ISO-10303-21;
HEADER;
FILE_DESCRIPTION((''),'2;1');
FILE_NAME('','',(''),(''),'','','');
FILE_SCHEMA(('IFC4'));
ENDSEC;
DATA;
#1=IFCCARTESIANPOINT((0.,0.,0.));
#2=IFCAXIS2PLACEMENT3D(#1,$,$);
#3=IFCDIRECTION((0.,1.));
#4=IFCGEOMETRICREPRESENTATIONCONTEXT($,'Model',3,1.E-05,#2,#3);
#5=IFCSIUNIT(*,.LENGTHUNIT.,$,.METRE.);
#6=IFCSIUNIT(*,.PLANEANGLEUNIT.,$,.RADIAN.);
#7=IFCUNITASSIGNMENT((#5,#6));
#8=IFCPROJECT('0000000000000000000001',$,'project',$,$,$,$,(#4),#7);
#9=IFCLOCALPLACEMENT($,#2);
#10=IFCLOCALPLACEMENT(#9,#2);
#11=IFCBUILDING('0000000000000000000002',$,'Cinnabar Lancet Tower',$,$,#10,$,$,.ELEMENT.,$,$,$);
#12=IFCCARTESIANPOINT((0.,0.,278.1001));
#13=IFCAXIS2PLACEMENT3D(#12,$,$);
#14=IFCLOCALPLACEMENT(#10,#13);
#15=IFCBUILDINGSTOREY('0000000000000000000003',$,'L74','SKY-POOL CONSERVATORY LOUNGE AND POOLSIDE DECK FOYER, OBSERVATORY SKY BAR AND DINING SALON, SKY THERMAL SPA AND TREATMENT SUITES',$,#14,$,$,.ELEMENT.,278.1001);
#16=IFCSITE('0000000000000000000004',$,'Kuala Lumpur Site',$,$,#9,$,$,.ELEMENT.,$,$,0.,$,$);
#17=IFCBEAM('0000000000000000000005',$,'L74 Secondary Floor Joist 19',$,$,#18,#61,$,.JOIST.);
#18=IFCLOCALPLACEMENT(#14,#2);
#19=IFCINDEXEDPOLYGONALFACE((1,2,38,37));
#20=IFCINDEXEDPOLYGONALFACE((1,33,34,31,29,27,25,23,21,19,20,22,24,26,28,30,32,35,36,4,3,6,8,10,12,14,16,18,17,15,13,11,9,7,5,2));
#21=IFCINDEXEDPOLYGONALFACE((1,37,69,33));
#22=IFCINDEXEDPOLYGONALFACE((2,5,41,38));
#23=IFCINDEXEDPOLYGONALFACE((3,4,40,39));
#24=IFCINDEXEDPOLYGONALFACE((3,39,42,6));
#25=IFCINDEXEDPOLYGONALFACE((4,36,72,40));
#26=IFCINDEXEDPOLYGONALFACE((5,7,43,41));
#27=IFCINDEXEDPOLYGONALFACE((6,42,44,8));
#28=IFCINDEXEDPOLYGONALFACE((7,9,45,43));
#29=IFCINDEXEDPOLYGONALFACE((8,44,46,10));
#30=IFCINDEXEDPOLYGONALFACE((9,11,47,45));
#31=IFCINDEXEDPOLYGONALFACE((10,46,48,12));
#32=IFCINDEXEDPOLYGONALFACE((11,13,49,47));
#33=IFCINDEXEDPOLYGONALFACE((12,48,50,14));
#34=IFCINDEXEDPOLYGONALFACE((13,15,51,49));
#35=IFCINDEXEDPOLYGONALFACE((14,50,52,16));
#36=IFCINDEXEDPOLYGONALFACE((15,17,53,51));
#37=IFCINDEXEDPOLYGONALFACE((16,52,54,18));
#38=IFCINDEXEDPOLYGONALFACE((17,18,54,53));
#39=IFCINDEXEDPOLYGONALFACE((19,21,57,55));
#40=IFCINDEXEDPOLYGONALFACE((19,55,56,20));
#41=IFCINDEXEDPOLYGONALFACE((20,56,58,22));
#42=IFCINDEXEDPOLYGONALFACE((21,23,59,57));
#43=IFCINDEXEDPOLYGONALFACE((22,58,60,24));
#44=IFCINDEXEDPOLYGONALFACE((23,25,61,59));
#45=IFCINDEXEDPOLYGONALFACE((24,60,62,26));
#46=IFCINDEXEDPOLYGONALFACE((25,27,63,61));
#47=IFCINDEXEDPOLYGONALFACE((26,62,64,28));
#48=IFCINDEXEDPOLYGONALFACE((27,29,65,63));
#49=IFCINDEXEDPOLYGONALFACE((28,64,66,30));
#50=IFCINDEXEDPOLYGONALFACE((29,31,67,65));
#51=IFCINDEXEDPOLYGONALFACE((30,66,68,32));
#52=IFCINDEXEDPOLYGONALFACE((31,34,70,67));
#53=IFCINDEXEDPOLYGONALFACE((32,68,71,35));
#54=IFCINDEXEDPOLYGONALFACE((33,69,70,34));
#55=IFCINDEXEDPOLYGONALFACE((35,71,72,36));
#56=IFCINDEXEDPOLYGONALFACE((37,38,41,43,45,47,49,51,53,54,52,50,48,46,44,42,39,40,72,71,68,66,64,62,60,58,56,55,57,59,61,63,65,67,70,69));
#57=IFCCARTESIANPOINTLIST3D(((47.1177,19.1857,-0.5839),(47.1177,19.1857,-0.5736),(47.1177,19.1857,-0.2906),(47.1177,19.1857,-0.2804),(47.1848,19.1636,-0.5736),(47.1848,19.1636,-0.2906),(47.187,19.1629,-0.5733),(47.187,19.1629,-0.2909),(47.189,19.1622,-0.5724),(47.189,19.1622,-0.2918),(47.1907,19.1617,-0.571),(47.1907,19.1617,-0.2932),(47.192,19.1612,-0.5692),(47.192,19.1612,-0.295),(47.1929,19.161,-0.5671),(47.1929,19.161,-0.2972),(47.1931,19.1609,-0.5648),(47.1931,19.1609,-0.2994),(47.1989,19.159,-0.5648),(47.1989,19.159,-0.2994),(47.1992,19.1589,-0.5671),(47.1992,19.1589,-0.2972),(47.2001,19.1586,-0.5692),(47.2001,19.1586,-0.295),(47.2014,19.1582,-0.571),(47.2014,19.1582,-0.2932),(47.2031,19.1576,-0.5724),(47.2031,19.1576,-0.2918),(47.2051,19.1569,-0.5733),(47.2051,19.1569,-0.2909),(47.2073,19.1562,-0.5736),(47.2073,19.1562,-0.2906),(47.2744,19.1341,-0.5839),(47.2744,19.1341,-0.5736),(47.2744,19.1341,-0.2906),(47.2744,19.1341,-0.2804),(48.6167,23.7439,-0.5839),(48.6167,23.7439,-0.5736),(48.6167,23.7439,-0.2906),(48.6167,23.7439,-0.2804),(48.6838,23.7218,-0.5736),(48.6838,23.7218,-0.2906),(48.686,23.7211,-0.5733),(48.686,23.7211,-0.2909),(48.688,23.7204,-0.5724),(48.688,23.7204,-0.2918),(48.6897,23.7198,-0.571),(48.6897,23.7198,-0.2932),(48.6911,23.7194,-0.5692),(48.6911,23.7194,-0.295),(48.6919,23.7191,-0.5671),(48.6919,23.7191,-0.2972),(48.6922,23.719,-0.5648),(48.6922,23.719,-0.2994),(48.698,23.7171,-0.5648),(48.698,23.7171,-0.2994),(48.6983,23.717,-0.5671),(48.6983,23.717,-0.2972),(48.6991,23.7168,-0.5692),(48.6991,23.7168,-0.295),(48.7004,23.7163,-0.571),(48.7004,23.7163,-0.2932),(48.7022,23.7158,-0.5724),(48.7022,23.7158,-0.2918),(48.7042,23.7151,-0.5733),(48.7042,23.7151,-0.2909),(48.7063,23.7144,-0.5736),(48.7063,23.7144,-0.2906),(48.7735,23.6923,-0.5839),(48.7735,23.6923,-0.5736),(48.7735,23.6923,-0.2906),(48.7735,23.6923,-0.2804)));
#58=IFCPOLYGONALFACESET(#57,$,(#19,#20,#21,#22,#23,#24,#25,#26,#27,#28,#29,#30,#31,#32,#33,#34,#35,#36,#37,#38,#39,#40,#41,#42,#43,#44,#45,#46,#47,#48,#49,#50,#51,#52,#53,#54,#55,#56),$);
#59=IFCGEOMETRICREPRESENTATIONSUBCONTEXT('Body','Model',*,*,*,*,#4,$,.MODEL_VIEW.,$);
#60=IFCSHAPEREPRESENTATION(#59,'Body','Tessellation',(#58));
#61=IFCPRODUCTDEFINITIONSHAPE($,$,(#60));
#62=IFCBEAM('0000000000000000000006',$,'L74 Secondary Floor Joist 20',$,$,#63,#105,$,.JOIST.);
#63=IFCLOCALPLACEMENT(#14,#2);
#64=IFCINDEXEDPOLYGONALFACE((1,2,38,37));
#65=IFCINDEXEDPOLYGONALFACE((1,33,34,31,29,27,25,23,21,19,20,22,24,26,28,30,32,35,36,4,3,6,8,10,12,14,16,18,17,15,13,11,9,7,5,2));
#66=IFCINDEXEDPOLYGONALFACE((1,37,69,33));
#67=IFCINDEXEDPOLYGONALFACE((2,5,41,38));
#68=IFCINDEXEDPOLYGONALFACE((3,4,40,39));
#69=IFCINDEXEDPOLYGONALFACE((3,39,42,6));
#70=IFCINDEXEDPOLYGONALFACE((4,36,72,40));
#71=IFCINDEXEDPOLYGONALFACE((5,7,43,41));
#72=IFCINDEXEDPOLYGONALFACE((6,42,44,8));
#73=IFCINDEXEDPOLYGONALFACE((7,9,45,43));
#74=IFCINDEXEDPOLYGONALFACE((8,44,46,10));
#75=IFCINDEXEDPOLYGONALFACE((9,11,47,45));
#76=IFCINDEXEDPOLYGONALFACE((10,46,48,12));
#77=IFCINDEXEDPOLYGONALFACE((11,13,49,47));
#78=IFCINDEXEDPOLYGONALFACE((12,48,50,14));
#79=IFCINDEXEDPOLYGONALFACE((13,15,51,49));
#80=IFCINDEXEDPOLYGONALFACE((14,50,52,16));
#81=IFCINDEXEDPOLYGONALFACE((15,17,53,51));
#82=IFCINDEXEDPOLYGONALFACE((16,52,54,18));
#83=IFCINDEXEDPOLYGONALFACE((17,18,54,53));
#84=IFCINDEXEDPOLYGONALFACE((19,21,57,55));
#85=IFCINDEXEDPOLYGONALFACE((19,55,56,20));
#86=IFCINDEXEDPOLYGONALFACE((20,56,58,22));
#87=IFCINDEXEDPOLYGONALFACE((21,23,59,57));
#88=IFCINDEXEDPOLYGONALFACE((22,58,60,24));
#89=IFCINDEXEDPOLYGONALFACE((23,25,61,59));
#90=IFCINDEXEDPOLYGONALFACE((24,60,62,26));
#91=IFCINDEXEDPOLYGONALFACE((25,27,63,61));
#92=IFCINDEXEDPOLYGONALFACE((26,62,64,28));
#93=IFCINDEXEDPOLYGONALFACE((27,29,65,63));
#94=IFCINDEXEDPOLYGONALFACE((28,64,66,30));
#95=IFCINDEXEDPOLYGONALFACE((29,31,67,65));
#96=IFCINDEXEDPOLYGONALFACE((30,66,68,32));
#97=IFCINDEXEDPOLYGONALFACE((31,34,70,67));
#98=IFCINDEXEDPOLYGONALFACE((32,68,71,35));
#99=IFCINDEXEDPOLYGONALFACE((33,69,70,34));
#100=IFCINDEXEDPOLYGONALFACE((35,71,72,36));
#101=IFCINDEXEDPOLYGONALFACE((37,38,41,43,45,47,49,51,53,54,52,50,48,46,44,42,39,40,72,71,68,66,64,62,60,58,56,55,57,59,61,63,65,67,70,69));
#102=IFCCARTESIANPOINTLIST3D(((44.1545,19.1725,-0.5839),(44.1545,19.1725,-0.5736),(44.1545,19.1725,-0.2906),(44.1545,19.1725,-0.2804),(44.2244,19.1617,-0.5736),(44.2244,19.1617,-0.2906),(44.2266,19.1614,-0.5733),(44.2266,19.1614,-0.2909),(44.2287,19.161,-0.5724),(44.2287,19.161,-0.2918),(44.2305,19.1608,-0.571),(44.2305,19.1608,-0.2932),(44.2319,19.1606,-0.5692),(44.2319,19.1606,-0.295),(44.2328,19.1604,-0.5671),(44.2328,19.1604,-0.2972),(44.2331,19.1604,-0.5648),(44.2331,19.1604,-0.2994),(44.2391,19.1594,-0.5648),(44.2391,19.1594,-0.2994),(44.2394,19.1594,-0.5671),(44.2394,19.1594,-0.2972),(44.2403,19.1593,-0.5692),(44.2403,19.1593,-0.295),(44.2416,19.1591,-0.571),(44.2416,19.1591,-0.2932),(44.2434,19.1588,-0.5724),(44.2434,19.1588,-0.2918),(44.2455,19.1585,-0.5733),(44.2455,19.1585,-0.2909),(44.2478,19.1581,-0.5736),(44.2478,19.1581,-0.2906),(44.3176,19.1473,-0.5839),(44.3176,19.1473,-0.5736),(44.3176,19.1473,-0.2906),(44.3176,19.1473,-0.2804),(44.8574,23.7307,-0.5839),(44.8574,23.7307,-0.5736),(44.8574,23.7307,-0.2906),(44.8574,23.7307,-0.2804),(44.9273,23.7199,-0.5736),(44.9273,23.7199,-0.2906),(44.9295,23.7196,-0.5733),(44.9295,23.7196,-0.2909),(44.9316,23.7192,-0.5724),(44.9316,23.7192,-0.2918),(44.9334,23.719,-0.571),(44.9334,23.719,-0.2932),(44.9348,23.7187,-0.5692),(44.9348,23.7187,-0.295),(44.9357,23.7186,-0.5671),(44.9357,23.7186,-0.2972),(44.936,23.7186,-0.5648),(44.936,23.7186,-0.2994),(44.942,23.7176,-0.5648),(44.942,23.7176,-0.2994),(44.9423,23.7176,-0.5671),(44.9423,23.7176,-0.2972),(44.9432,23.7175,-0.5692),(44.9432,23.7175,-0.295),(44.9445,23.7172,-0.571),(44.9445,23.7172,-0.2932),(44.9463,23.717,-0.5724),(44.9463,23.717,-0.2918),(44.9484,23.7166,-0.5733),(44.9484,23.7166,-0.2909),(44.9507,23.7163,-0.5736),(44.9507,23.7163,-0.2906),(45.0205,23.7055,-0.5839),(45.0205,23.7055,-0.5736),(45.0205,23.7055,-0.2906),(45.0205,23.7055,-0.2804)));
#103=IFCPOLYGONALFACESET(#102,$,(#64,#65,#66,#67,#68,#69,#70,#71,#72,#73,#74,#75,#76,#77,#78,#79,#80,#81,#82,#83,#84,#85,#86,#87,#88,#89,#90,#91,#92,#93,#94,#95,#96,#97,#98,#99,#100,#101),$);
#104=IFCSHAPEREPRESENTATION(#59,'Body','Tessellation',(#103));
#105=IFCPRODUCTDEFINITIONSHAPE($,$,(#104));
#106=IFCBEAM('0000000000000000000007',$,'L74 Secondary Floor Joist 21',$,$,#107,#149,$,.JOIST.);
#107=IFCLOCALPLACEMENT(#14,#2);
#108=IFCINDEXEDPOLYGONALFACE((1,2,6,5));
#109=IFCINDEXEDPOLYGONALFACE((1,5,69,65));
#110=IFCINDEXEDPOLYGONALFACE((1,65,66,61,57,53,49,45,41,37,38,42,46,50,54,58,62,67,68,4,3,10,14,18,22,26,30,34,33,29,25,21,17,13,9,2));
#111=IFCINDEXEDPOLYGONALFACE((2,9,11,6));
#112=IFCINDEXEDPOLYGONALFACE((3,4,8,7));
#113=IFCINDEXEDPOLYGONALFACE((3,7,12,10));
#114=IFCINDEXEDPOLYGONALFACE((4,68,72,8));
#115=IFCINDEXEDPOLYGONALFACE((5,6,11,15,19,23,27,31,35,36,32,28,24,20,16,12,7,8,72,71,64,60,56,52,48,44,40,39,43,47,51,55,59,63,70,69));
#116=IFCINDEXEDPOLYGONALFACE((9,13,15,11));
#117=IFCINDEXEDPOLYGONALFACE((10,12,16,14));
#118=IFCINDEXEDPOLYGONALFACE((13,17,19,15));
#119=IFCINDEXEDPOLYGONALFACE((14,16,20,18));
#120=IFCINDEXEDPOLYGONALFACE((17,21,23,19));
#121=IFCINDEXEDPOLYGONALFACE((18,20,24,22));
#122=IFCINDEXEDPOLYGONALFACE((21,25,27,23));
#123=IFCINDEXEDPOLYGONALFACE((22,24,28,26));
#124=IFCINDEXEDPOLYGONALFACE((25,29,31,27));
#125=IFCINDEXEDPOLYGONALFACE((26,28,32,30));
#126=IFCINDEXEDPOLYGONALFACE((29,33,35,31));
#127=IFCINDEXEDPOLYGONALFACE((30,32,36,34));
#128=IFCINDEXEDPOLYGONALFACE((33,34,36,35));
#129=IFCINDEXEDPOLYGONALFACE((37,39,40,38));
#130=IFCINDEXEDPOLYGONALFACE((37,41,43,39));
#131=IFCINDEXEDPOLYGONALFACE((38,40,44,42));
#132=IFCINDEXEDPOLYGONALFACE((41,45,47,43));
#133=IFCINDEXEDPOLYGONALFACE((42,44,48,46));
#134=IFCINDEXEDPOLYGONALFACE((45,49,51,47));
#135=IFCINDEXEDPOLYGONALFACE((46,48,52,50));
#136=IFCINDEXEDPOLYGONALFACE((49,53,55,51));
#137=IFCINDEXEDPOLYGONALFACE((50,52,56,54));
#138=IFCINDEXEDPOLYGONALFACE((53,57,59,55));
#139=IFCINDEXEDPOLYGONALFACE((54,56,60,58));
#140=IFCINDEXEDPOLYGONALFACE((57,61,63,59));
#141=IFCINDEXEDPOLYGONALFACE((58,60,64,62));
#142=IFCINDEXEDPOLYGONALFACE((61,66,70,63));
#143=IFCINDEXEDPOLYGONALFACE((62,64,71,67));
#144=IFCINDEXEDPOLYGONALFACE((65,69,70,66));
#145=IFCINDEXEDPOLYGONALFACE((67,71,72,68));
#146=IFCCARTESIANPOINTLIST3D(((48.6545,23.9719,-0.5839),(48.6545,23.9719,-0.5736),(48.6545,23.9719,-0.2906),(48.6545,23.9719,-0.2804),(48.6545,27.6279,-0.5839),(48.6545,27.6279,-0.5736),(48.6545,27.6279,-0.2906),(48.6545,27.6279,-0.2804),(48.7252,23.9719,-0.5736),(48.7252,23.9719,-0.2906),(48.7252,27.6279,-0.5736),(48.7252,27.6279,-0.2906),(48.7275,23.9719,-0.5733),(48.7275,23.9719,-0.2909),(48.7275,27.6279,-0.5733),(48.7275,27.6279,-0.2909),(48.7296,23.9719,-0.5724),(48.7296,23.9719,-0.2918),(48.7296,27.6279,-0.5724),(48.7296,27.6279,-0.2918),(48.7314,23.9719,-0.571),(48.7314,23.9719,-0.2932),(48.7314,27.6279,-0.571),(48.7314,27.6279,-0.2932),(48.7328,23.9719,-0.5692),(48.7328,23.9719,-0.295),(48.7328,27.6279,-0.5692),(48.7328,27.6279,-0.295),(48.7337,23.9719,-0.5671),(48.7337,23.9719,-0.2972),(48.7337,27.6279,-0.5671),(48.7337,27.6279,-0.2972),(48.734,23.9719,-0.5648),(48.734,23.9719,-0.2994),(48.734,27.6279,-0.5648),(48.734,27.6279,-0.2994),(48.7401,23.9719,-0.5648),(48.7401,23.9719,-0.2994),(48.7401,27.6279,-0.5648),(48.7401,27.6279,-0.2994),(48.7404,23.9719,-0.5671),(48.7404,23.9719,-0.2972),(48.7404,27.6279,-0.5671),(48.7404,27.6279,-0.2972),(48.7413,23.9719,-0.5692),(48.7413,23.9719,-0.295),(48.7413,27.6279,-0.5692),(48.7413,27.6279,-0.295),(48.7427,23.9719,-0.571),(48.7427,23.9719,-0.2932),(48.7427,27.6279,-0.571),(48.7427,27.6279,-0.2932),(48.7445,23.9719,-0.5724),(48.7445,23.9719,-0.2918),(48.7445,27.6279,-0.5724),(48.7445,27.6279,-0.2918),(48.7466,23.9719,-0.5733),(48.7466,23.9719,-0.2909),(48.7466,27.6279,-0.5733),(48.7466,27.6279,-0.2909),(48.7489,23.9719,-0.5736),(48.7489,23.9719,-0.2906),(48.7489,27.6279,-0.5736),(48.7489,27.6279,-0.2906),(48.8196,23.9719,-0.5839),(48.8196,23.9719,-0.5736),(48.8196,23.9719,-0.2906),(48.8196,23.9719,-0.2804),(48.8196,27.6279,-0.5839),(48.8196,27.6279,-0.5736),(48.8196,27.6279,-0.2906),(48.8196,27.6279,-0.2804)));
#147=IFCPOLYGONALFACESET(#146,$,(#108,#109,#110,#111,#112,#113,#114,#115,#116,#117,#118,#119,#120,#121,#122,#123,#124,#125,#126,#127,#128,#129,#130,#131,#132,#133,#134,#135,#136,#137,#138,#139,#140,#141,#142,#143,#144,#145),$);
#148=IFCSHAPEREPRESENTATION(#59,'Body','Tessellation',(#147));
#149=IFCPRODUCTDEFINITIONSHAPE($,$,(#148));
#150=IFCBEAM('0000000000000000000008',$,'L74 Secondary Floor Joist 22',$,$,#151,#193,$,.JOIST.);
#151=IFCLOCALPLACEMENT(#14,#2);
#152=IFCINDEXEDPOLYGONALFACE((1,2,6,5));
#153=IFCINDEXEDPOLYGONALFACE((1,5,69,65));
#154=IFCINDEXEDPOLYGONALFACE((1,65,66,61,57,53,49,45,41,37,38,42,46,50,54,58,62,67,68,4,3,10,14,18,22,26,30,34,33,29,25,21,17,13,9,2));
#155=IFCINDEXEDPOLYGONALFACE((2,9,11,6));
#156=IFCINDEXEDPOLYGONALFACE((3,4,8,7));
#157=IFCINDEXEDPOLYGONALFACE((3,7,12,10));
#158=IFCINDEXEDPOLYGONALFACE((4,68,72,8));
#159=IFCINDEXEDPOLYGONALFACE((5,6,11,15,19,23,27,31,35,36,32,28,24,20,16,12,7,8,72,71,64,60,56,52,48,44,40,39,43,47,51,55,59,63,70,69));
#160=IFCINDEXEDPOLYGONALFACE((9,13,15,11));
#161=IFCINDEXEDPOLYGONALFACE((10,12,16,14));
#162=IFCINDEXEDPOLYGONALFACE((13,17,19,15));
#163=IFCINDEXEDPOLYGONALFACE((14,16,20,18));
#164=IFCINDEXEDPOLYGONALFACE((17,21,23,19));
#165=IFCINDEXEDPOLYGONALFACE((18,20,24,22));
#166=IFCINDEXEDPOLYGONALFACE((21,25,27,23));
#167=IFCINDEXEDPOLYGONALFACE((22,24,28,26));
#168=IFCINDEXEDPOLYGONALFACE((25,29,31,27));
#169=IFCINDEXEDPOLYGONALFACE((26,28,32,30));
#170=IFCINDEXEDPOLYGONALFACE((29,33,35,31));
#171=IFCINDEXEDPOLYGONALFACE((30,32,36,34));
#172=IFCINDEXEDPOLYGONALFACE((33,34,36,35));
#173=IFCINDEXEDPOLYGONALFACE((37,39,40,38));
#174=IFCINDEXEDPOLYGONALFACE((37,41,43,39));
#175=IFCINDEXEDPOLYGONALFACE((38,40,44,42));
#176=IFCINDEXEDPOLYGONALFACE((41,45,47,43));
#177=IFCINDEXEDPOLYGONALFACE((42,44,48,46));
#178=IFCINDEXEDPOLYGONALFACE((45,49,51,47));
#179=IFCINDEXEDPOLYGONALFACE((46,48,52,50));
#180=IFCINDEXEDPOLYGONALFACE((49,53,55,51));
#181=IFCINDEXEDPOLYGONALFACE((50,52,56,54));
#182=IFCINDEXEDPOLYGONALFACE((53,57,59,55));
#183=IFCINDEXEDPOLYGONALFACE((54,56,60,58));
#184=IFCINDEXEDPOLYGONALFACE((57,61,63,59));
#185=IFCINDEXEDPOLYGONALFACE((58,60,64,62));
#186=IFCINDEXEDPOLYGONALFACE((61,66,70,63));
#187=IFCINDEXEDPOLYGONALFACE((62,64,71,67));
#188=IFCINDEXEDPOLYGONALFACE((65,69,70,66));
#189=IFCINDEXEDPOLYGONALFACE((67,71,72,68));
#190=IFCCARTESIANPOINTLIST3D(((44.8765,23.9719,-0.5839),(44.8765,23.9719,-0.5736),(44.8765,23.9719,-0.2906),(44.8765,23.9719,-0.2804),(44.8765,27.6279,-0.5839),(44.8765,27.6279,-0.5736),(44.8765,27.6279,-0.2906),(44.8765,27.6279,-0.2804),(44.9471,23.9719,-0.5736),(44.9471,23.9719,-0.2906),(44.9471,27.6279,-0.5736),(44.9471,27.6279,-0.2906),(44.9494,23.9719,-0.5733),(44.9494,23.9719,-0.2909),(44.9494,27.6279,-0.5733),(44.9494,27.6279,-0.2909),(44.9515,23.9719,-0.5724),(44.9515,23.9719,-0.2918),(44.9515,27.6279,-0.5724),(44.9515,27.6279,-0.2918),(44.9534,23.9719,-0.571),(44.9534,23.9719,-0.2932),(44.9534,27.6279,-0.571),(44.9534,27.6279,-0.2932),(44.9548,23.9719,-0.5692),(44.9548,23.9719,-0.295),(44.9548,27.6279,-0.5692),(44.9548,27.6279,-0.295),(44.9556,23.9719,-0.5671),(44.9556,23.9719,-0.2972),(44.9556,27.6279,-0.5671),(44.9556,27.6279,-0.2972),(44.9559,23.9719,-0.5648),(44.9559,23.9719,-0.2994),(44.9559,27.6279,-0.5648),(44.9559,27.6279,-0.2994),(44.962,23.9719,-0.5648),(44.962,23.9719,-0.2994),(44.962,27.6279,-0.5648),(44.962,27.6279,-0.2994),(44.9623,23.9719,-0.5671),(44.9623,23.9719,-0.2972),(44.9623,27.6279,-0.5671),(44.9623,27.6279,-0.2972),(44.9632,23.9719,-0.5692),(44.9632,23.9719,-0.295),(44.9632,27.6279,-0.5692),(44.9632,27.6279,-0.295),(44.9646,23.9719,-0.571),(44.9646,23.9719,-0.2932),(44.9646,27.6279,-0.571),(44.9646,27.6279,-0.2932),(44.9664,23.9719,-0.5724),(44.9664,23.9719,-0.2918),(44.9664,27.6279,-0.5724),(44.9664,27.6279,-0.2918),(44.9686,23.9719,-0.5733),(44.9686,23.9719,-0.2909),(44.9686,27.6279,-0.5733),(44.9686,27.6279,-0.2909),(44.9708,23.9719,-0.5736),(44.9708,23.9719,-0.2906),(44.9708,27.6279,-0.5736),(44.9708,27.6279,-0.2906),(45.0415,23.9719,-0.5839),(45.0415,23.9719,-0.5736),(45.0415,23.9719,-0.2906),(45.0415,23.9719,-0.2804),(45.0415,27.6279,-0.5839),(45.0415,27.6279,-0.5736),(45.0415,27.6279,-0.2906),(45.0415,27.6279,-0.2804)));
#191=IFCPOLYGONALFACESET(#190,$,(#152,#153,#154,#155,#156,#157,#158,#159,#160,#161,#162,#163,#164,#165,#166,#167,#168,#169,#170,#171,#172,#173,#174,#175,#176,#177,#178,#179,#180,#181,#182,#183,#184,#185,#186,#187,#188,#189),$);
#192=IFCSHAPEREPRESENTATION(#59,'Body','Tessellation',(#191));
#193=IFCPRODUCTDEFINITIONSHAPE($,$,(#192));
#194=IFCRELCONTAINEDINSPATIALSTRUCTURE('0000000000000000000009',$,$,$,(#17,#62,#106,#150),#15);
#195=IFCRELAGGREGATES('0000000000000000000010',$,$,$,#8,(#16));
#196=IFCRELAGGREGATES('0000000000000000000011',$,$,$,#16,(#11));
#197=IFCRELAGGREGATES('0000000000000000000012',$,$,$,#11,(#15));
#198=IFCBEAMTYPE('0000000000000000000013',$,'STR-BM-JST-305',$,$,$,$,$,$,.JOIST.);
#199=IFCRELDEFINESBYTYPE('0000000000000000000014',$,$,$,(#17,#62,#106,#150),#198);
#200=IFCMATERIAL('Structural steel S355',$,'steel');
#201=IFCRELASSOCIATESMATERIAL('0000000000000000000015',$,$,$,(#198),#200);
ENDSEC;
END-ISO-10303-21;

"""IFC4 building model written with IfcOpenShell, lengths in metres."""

from ifc_helpers import new_model, si_unit, direction, frame, origin, origin_2d, place, context, subcontext, project, spatial, i_section, extrude, material, material_profile, profile_set, type_object, element, save


model = new_model("IFC4")

# Units and contexts
model_context = context("Model", 3, precision=1e-05, world=origin(), true_north=direction((0.0, 1.0)))
body_context = subcontext(model_context, "Body", "Model", "MODEL_VIEW")
ifc_project = project(units=[si_unit("LENGTHUNIT", "METRE"), si_unit("PLANEANGLEUNIT", "RADIAN")], contexts=[model_context])

# Site, building, storey
site_placement = place(None, origin())
site = spatial("IfcSite", under=ifc_project, at=site_placement, Name="Kuala Lumpur Site", CompositionType="ELEMENT", RefElevation=0.0)
building_placement = place(site_placement, origin())
building = spatial("IfcBuilding", under=site, at=building_placement, Name="Cinnabar Lancet Tower", CompositionType="ELEMENT")
storey_placement = place(building_placement, frame((0.0, 0.0, 278.1001)))
storey = spatial("IfcBuildingStorey", under=building, at=storey_placement, Name="L74", Description="SKY-POOL CONSERVATORY LOUNGE AND POOLSIDE DECK FOYER, OBSERVATORY SKY BAR AND DINING SALON, SKY THERMAL SPA AND TREATMENT SUITES", CompositionType="ELEMENT", Elevation=278.1001)

# Beams
ifc_material_1 = material(Name="Structural steel S355", Category="steel")
ifc_material_profile_1 = material_profile(ifc_material_1, i_section(OverallWidth=0.165, OverallDepth=0.3035, WebThickness=0.0061, FlangeThickness=0.0103, FilletRadius=0.0088, at=origin_2d()), Name="UKB 305x165x40")
ifc_profile_set_1 = profile_set([ifc_material_profile_1], Name="Structural steel S355")
beam_type_1 = type_object("IfcBeamType", Name="STR-BM-JST-305", PredefinedType="JOIST", material=ifc_profile_set_1)
beam_1_placement = place(storey_placement, frame((47.196, 19.1599, -0.4321), z_axis=(0.312409, 0.949948, 0.0), x_axis=(-0.949948, 0.312409, 0.0)))
element("IfcBeam", 1, at=beam_1_placement, inside=storey, type_object=beam_type_1, Name="L74 Secondary Floor Joist 19", PredefinedType="JOIST", context=body_context, shape_type="SweptSolid", body=[
    extrude(i_section(OverallWidth=0.165, OverallDepth=0.3035, WebThickness=0.0061, FlangeThickness=0.0103, FilletRadius=0.0088, at=origin_2d()), origin(), (0.0, 0.0, 1.0), 4.7983),
])
beam_2_placement = place(storey_placement, frame((44.2361, 19.1599, -0.4321), z_axis=(0.152403, 0.988318, 0.0), x_axis=(-0.988318, 0.152403, 0.0)))
element("IfcBeam", 2, at=beam_2_placement, inside=storey, type_object=beam_type_1, Name="L74 Secondary Floor Joist 20", PredefinedType="JOIST", context=body_context, shape_type="SweptSolid", body=[
    extrude(i_section(OverallWidth=0.165, OverallDepth=0.3035, WebThickness=0.0061, FlangeThickness=0.0103, FilletRadius=0.0088, at=origin_2d()), origin(), (0.0, 0.0, 1.0), 4.6121),
])
for number, where, z_axis, x_axis, name in (
    (3, (48.7371, 23.9719, -0.4321), (0.0, 1.0, 0.0), (-1.0, 0.0, 0.0), "L74 Secondary Floor Joist 21"),
    (4, (44.959, 23.9719, -0.4321), (0.0, 1.0, 0.0), (-1.0, 0.0, 0.0), "L74 Secondary Floor Joist 22"),
):
    element("IfcBeam", number, at=place(storey_placement, frame(where, z_axis=z_axis, x_axis=x_axis)), inside=storey, type_object=beam_type_1, Name=name, PredefinedType="JOIST", context=body_context, shape_type="SweptSolid", body=[
        extrude(i_section(OverallWidth=0.165, OverallDepth=0.3035, WebThickness=0.0061, FlangeThickness=0.0103, FilletRadius=0.0088, at=origin_2d()), origin(), (0.0, 0.0, 1.0), 3.656),
    ])

save(model, "model.ifc")
